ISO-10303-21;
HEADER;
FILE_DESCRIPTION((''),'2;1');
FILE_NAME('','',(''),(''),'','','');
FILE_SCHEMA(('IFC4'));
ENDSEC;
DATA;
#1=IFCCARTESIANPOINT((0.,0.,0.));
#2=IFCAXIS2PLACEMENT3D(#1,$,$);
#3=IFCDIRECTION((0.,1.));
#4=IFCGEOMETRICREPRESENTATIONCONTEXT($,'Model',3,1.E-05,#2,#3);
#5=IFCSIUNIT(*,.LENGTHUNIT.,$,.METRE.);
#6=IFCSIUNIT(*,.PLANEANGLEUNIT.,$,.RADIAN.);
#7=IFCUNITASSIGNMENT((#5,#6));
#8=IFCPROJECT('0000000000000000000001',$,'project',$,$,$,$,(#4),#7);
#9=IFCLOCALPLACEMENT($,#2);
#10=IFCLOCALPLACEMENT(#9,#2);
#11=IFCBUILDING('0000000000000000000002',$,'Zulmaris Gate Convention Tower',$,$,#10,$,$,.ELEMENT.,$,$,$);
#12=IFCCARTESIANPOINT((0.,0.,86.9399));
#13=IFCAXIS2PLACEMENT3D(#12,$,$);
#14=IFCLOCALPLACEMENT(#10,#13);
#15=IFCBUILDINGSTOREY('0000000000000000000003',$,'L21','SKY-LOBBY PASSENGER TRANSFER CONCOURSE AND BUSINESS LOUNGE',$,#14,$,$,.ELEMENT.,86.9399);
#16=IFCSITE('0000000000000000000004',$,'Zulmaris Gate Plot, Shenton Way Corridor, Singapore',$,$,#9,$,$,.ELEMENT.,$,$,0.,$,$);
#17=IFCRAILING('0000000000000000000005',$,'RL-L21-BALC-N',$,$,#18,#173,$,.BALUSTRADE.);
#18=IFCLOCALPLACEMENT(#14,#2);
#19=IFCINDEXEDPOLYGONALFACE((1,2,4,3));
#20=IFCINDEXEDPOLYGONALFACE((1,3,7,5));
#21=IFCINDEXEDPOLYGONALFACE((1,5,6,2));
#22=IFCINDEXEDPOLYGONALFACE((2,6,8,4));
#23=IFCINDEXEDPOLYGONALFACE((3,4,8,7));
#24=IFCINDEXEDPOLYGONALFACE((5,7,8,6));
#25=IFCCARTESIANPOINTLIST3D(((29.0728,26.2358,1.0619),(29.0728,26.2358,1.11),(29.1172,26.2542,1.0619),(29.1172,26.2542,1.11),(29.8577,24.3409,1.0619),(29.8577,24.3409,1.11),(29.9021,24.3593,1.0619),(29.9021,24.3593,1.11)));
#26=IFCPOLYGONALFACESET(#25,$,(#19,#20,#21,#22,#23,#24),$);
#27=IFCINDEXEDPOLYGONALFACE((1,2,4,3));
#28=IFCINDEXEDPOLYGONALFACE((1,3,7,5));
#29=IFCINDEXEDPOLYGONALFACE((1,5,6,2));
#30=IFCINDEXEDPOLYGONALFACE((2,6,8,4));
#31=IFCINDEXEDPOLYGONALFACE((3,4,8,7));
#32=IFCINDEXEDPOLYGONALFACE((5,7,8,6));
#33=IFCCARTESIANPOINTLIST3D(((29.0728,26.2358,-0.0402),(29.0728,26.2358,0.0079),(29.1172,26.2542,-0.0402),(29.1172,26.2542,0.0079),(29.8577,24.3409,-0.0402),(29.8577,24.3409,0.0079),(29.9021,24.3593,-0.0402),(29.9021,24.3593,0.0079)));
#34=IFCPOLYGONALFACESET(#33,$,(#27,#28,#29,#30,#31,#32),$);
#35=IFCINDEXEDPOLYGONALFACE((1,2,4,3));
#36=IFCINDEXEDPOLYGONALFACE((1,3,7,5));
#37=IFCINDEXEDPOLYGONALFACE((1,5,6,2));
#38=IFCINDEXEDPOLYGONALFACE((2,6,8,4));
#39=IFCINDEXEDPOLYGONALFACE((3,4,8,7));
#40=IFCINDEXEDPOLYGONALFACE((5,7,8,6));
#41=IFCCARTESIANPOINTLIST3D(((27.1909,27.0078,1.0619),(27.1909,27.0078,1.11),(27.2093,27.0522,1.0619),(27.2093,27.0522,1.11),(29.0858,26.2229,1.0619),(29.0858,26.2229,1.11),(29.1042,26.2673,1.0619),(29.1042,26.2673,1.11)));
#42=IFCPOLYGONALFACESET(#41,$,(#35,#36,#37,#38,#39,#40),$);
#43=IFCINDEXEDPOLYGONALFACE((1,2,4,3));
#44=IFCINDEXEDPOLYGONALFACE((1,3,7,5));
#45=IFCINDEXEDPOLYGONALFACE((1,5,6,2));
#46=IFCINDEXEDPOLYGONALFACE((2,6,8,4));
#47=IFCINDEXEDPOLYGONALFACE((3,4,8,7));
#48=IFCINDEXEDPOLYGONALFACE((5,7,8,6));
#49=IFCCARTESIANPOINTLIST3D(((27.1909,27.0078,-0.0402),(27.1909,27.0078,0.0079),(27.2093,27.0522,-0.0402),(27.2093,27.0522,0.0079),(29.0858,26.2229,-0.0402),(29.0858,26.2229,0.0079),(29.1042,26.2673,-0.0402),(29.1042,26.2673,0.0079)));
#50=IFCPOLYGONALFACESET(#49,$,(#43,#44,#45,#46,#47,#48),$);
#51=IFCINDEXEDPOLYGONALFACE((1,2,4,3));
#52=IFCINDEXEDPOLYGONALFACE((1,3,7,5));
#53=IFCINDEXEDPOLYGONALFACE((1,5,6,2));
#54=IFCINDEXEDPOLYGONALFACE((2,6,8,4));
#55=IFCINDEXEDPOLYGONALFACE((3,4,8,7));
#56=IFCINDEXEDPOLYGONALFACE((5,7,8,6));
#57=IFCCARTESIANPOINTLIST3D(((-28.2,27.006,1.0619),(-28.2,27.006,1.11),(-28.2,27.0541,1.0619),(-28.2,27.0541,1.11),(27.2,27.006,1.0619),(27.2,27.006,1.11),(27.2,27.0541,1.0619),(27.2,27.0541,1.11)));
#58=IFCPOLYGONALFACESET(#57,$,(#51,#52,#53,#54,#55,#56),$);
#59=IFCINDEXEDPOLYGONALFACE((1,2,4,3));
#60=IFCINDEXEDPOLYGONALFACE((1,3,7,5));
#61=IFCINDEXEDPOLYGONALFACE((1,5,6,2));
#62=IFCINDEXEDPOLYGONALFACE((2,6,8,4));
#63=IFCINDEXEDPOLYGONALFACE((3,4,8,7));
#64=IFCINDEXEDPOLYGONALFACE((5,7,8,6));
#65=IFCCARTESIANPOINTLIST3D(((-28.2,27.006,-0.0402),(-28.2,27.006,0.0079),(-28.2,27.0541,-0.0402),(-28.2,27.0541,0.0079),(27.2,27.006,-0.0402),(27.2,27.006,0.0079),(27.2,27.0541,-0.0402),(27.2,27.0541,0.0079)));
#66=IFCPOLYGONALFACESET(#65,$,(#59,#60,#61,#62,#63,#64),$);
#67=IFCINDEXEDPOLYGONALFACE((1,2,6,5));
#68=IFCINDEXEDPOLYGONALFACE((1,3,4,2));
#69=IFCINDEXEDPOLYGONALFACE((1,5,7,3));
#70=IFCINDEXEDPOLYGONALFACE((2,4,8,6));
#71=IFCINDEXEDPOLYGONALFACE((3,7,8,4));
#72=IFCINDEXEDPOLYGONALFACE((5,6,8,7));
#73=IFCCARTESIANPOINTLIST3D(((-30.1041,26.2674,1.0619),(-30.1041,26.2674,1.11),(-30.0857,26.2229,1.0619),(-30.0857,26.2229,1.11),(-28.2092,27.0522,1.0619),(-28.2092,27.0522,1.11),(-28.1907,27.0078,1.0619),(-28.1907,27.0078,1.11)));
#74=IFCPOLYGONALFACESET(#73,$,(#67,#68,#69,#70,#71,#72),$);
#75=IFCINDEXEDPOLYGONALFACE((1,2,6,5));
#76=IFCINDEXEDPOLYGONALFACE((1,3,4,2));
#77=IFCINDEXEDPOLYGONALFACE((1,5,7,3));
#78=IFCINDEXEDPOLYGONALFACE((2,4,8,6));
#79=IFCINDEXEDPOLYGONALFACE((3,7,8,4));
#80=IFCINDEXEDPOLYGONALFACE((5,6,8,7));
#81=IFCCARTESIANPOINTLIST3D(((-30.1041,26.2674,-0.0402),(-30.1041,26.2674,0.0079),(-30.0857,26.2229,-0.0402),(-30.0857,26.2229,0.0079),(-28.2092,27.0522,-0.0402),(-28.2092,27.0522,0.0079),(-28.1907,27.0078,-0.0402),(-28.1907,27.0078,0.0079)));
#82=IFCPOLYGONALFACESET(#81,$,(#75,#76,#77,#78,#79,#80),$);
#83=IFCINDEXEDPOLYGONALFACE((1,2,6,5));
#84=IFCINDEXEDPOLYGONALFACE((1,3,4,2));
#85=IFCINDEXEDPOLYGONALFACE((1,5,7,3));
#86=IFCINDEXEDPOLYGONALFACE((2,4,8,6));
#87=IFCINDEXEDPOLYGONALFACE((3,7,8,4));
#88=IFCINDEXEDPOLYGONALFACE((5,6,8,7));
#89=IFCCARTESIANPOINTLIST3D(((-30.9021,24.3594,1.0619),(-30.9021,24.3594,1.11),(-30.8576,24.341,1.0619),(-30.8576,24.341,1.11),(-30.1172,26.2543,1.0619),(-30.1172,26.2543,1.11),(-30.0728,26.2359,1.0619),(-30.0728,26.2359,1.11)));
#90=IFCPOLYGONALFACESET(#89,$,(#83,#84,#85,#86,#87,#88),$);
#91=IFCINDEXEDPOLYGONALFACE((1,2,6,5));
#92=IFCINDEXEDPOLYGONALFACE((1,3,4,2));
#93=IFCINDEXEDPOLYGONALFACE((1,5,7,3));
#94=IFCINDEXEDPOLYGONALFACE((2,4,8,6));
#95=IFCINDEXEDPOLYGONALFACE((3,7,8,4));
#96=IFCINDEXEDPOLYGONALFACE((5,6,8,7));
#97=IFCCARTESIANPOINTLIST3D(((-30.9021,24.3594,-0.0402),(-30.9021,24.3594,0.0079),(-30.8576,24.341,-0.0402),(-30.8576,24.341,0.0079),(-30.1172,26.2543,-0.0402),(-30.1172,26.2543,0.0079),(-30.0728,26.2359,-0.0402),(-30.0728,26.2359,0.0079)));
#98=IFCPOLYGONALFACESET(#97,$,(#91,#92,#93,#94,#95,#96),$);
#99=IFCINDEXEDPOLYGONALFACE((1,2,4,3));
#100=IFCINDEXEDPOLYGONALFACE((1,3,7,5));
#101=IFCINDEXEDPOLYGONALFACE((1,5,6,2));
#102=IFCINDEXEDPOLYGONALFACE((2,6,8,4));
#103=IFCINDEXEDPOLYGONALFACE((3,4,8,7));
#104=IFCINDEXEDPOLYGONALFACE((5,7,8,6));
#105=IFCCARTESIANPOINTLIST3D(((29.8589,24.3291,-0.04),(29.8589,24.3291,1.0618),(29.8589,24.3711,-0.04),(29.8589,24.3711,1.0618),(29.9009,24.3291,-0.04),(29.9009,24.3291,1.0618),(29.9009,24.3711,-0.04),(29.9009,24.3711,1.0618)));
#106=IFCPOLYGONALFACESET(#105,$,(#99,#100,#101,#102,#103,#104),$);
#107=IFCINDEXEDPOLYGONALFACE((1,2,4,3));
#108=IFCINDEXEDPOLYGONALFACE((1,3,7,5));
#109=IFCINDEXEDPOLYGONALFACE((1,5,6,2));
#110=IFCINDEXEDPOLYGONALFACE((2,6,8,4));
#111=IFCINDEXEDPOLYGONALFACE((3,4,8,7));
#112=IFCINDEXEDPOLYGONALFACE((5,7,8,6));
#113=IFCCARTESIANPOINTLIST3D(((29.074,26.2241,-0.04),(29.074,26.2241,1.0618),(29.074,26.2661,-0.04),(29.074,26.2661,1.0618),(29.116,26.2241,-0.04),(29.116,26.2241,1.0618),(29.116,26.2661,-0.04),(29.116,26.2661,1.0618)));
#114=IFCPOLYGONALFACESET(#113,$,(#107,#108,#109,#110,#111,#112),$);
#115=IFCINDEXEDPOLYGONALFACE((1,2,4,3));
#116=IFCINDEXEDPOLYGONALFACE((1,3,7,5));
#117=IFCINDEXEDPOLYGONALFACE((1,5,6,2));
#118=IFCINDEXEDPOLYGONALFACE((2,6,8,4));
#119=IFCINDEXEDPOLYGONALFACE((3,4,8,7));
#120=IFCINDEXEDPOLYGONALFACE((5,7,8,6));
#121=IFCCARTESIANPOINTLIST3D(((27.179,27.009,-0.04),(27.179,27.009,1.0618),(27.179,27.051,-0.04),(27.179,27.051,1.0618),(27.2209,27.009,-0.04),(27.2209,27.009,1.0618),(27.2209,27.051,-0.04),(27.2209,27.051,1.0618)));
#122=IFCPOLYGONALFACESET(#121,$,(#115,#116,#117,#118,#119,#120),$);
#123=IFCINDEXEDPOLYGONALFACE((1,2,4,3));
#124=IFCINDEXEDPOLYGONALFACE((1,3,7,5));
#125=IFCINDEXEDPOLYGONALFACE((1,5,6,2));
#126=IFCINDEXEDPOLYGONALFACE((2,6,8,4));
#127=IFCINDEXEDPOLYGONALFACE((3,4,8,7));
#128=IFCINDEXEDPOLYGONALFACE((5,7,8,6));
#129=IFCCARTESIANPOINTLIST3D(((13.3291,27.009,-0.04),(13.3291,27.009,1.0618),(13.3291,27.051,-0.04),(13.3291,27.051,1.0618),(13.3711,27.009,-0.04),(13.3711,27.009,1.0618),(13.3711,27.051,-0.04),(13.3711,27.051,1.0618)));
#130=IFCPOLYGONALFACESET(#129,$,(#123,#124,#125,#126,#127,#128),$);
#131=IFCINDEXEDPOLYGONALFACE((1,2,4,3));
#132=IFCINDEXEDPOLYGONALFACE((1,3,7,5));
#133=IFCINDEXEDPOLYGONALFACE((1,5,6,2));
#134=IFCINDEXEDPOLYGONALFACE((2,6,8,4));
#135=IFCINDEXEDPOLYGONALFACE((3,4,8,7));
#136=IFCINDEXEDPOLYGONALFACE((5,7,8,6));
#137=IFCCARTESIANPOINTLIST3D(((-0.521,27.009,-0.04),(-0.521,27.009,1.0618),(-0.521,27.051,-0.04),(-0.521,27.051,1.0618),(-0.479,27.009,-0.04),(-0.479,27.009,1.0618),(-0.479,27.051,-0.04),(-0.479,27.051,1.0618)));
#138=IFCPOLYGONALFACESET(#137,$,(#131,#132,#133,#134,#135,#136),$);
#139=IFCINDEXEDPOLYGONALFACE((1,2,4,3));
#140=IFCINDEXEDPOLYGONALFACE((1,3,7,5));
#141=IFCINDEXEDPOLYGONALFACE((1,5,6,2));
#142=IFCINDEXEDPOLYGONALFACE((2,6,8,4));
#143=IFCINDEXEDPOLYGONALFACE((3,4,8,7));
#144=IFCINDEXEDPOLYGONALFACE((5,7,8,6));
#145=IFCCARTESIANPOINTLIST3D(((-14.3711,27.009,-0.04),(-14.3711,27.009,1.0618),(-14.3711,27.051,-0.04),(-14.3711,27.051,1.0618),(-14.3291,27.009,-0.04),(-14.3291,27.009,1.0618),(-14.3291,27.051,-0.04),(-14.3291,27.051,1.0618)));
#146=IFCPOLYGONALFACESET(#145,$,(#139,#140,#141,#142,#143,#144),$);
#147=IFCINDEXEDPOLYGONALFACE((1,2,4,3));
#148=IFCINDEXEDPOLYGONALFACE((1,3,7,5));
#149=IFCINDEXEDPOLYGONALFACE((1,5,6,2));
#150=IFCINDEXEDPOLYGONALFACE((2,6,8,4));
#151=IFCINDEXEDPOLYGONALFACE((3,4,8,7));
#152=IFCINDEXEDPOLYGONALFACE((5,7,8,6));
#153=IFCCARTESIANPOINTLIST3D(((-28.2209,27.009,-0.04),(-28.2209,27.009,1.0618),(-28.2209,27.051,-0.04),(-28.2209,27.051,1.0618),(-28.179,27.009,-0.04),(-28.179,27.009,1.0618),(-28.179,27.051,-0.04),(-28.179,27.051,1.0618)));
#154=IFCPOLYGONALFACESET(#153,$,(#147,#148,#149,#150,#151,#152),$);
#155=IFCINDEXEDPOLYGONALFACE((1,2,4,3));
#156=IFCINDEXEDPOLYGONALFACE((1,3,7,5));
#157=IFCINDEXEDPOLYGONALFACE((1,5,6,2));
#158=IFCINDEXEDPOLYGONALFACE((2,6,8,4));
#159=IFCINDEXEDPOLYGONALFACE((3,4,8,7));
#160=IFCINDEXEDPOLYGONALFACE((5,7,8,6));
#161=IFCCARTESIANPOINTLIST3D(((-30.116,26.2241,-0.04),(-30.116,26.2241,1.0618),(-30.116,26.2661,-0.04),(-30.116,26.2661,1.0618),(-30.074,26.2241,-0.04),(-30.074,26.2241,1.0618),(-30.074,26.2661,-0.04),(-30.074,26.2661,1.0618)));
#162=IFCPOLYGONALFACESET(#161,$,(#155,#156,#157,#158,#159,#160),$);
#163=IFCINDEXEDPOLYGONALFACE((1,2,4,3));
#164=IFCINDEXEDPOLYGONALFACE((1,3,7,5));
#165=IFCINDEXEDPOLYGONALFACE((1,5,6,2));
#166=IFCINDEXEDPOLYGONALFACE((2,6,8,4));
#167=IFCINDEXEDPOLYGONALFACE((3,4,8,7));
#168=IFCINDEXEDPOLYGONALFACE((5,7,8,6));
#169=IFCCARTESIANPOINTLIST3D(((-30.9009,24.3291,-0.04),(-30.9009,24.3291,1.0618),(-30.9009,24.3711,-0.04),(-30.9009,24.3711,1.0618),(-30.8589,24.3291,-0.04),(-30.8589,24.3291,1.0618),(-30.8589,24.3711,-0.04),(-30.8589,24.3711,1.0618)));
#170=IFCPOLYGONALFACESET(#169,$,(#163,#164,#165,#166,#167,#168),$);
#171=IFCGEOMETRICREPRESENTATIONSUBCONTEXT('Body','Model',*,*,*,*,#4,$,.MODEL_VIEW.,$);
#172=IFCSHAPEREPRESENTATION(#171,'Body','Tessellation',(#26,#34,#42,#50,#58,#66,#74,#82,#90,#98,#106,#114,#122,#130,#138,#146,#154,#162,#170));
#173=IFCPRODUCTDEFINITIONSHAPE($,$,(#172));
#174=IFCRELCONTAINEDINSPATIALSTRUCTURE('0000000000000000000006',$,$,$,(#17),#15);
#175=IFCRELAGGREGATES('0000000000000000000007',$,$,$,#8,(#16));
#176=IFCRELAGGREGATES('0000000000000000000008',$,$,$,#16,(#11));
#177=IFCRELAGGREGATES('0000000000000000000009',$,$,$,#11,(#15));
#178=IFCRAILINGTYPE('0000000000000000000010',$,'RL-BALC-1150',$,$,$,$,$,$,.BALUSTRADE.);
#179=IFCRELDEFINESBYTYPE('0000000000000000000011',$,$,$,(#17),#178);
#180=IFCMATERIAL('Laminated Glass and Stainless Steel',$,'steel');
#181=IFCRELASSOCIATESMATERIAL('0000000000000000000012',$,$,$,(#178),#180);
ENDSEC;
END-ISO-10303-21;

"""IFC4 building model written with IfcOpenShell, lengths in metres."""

from ifc_helpers import new_model, si_unit, direction, frame, origin, origin_2d, place, context, subcontext, project, spatial, rectangle, extrude, material, type_object, element, save


model = new_model("IFC4")

# Units and contexts
model_context = context("Model", 3, precision=1e-05, world=origin(), true_north=direction((0.0, 1.0)))
body_context = subcontext(model_context, "Body", "Model", "MODEL_VIEW")
ifc_project = project(units=[si_unit("LENGTHUNIT", "METRE"), si_unit("PLANEANGLEUNIT", "RADIAN")], contexts=[model_context])

# Site, building, storey
site_placement = place(None, origin())
site = spatial("IfcSite", under=ifc_project, at=site_placement, Name="Zulmaris Gate Plot, Shenton Way Corridor, Singapore", CompositionType="ELEMENT", RefElevation=0.0)
building_placement = place(site_placement, origin())
building = spatial("IfcBuilding", under=site, at=building_placement, Name="Zulmaris Gate Convention Tower", CompositionType="ELEMENT")
storey_placement = place(building_placement, frame((0.0, 0.0, 86.9399)))
storey = spatial("IfcBuildingStorey", under=building, at=storey_placement, Name="L21", Description="SKY-LOBBY PASSENGER TRANSFER CONCOURSE AND BUSINESS LOUNGE", CompositionType="ELEMENT", Elevation=86.9399)

# Railing
ifc_material_1 = material(Name="Laminated Glass and Stainless Steel", Category="steel")
railing_type = type_object("IfcRailingType", Name="RL-BALC-1150", PredefinedType="BALUSTRADE", material=ifc_material_1)
railing_placement = place(storey_placement, frame((29.8799, 24.3501, -0.04)))
element("IfcRailing", 1, at=railing_placement, inside=storey, type_object=railing_type, Name="RL-L21-BALC-N", PredefinedType="BALUSTRADE", context=body_context, shape_type="SweptSolid", body=[
    extrude(rectangle(XDim=0.0481, YDim=0.0481, at=origin_2d()), frame((0.0, 0.0, 1.126), z_axis=(-0.382671, 0.923885, 0.0), x_axis=(-0.923885, -0.382671, 0.0)), (0.0, 0.0, 1.0), 2.051),
    extrude(rectangle(XDim=0.0481, YDim=0.0481, at=origin_2d()), frame((0.0, 0.0, 0.0239), z_axis=(-0.382671, 0.923885, 0.0), x_axis=(-0.923885, -0.382671, 0.0)), (0.0, 0.0, 1.0), 2.051),
    extrude(rectangle(XDim=0.0481, YDim=0.0481, at=origin_2d()), frame((-0.7849, 1.895, 1.126), z_axis=(-0.923885, 0.382671, 0.0), x_axis=(-0.382671, -0.923885, 0.0)), (0.0, 0.0, 1.0), 2.051),
    extrude(rectangle(XDim=0.0481, YDim=0.0481, at=origin_2d()), frame((-0.7849, 1.895, 0.0239), z_axis=(-0.923885, 0.382671, 0.0), x_axis=(-0.382671, -0.923885, 0.0)), (0.0, 0.0, 1.0), 2.051),
    extrude(rectangle(XDim=0.0481, YDim=0.0481, at=origin_2d()), frame((-2.6799, 2.6799, 1.126), z_axis=(-1.0, 0.0, 0.0), x_axis=(0.0, -1.0, 0.0)), (0.0, 0.0, 1.0), 55.3999),
    extrude(rectangle(XDim=0.0481, YDim=0.0481, at=origin_2d()), frame((-2.6799, 2.6799, 0.0239), z_axis=(-1.0, 0.0, 0.0), x_axis=(0.0, -1.0, 0.0)), (0.0, 0.0, 1.0), 55.3999),
    extrude(rectangle(XDim=0.0481, YDim=0.0481, at=origin_2d()), frame((-58.0798, 2.6799, 1.126), z_axis=(-0.923885, -0.382671, 0.0), x_axis=(0.382671, -0.923885, 0.0)), (0.0, 0.0, 1.0), 2.051),
    extrude(rectangle(XDim=0.0481, YDim=0.0481, at=origin_2d()), frame((-58.0798, 2.6799, 0.0239), z_axis=(-0.923885, -0.382671, 0.0), x_axis=(0.382671, -0.923885, 0.0)), (0.0, 0.0, 1.0), 2.051),
    extrude(rectangle(XDim=0.0481, YDim=0.0481, at=origin_2d()), frame((-59.9749, 1.895, 1.126), z_axis=(-0.382671, -0.923885, 0.0), x_axis=(0.923885, -0.382671, 0.0)), (0.0, 0.0, 1.0), 2.051),
    extrude(rectangle(XDim=0.0481, YDim=0.0481, at=origin_2d()), frame((-59.9749, 1.895, 0.0239), z_axis=(-0.382671, -0.923885, 0.0), x_axis=(0.923885, -0.382671, 0.0)), (0.0, 0.0, 1.0), 2.051),
    extrude(rectangle(XDim=0.042, YDim=0.042, at=origin_2d()), origin(), (0.0, 0.0, 1.0), 1.1018),
    extrude(rectangle(XDim=0.042, YDim=0.042, at=origin_2d()), frame((-0.7849, 1.895, 0.0)), (0.0, 0.0, 1.0), 1.1018),
    extrude(rectangle(XDim=0.042, YDim=0.042, at=origin_2d()), frame((-2.6799, 2.6799, 0.0)), (0.0, 0.0, 1.0), 1.1018),
    extrude(rectangle(XDim=0.042, YDim=0.042, at=origin_2d()), frame((-16.5298, 2.6799, 0.0)), (0.0, 0.0, 1.0), 1.1018),
    extrude(rectangle(XDim=0.042, YDim=0.042, at=origin_2d()), frame((-30.3799, 2.6799, 0.0)), (0.0, 0.0, 1.0), 1.1018),
    extrude(rectangle(XDim=0.042, YDim=0.042, at=origin_2d()), frame((-44.23, 2.6799, 0.0)), (0.0, 0.0, 1.0), 1.1018),
    extrude(rectangle(XDim=0.042, YDim=0.042, at=origin_2d()), frame((-58.0798, 2.6799, 0.0)), (0.0, 0.0, 1.0), 1.1018),
    extrude(rectangle(XDim=0.042, YDim=0.042, at=origin_2d()), frame((-59.9749, 1.895, 0.0)), (0.0, 0.0, 1.0), 1.1018),
    extrude(rectangle(XDim=0.042, YDim=0.042, at=origin_2d()), frame((-60.7598, 0.0, 0.0)), (0.0, 0.0, 1.0), 1.1018),
])

save(model, "model.ifc")
